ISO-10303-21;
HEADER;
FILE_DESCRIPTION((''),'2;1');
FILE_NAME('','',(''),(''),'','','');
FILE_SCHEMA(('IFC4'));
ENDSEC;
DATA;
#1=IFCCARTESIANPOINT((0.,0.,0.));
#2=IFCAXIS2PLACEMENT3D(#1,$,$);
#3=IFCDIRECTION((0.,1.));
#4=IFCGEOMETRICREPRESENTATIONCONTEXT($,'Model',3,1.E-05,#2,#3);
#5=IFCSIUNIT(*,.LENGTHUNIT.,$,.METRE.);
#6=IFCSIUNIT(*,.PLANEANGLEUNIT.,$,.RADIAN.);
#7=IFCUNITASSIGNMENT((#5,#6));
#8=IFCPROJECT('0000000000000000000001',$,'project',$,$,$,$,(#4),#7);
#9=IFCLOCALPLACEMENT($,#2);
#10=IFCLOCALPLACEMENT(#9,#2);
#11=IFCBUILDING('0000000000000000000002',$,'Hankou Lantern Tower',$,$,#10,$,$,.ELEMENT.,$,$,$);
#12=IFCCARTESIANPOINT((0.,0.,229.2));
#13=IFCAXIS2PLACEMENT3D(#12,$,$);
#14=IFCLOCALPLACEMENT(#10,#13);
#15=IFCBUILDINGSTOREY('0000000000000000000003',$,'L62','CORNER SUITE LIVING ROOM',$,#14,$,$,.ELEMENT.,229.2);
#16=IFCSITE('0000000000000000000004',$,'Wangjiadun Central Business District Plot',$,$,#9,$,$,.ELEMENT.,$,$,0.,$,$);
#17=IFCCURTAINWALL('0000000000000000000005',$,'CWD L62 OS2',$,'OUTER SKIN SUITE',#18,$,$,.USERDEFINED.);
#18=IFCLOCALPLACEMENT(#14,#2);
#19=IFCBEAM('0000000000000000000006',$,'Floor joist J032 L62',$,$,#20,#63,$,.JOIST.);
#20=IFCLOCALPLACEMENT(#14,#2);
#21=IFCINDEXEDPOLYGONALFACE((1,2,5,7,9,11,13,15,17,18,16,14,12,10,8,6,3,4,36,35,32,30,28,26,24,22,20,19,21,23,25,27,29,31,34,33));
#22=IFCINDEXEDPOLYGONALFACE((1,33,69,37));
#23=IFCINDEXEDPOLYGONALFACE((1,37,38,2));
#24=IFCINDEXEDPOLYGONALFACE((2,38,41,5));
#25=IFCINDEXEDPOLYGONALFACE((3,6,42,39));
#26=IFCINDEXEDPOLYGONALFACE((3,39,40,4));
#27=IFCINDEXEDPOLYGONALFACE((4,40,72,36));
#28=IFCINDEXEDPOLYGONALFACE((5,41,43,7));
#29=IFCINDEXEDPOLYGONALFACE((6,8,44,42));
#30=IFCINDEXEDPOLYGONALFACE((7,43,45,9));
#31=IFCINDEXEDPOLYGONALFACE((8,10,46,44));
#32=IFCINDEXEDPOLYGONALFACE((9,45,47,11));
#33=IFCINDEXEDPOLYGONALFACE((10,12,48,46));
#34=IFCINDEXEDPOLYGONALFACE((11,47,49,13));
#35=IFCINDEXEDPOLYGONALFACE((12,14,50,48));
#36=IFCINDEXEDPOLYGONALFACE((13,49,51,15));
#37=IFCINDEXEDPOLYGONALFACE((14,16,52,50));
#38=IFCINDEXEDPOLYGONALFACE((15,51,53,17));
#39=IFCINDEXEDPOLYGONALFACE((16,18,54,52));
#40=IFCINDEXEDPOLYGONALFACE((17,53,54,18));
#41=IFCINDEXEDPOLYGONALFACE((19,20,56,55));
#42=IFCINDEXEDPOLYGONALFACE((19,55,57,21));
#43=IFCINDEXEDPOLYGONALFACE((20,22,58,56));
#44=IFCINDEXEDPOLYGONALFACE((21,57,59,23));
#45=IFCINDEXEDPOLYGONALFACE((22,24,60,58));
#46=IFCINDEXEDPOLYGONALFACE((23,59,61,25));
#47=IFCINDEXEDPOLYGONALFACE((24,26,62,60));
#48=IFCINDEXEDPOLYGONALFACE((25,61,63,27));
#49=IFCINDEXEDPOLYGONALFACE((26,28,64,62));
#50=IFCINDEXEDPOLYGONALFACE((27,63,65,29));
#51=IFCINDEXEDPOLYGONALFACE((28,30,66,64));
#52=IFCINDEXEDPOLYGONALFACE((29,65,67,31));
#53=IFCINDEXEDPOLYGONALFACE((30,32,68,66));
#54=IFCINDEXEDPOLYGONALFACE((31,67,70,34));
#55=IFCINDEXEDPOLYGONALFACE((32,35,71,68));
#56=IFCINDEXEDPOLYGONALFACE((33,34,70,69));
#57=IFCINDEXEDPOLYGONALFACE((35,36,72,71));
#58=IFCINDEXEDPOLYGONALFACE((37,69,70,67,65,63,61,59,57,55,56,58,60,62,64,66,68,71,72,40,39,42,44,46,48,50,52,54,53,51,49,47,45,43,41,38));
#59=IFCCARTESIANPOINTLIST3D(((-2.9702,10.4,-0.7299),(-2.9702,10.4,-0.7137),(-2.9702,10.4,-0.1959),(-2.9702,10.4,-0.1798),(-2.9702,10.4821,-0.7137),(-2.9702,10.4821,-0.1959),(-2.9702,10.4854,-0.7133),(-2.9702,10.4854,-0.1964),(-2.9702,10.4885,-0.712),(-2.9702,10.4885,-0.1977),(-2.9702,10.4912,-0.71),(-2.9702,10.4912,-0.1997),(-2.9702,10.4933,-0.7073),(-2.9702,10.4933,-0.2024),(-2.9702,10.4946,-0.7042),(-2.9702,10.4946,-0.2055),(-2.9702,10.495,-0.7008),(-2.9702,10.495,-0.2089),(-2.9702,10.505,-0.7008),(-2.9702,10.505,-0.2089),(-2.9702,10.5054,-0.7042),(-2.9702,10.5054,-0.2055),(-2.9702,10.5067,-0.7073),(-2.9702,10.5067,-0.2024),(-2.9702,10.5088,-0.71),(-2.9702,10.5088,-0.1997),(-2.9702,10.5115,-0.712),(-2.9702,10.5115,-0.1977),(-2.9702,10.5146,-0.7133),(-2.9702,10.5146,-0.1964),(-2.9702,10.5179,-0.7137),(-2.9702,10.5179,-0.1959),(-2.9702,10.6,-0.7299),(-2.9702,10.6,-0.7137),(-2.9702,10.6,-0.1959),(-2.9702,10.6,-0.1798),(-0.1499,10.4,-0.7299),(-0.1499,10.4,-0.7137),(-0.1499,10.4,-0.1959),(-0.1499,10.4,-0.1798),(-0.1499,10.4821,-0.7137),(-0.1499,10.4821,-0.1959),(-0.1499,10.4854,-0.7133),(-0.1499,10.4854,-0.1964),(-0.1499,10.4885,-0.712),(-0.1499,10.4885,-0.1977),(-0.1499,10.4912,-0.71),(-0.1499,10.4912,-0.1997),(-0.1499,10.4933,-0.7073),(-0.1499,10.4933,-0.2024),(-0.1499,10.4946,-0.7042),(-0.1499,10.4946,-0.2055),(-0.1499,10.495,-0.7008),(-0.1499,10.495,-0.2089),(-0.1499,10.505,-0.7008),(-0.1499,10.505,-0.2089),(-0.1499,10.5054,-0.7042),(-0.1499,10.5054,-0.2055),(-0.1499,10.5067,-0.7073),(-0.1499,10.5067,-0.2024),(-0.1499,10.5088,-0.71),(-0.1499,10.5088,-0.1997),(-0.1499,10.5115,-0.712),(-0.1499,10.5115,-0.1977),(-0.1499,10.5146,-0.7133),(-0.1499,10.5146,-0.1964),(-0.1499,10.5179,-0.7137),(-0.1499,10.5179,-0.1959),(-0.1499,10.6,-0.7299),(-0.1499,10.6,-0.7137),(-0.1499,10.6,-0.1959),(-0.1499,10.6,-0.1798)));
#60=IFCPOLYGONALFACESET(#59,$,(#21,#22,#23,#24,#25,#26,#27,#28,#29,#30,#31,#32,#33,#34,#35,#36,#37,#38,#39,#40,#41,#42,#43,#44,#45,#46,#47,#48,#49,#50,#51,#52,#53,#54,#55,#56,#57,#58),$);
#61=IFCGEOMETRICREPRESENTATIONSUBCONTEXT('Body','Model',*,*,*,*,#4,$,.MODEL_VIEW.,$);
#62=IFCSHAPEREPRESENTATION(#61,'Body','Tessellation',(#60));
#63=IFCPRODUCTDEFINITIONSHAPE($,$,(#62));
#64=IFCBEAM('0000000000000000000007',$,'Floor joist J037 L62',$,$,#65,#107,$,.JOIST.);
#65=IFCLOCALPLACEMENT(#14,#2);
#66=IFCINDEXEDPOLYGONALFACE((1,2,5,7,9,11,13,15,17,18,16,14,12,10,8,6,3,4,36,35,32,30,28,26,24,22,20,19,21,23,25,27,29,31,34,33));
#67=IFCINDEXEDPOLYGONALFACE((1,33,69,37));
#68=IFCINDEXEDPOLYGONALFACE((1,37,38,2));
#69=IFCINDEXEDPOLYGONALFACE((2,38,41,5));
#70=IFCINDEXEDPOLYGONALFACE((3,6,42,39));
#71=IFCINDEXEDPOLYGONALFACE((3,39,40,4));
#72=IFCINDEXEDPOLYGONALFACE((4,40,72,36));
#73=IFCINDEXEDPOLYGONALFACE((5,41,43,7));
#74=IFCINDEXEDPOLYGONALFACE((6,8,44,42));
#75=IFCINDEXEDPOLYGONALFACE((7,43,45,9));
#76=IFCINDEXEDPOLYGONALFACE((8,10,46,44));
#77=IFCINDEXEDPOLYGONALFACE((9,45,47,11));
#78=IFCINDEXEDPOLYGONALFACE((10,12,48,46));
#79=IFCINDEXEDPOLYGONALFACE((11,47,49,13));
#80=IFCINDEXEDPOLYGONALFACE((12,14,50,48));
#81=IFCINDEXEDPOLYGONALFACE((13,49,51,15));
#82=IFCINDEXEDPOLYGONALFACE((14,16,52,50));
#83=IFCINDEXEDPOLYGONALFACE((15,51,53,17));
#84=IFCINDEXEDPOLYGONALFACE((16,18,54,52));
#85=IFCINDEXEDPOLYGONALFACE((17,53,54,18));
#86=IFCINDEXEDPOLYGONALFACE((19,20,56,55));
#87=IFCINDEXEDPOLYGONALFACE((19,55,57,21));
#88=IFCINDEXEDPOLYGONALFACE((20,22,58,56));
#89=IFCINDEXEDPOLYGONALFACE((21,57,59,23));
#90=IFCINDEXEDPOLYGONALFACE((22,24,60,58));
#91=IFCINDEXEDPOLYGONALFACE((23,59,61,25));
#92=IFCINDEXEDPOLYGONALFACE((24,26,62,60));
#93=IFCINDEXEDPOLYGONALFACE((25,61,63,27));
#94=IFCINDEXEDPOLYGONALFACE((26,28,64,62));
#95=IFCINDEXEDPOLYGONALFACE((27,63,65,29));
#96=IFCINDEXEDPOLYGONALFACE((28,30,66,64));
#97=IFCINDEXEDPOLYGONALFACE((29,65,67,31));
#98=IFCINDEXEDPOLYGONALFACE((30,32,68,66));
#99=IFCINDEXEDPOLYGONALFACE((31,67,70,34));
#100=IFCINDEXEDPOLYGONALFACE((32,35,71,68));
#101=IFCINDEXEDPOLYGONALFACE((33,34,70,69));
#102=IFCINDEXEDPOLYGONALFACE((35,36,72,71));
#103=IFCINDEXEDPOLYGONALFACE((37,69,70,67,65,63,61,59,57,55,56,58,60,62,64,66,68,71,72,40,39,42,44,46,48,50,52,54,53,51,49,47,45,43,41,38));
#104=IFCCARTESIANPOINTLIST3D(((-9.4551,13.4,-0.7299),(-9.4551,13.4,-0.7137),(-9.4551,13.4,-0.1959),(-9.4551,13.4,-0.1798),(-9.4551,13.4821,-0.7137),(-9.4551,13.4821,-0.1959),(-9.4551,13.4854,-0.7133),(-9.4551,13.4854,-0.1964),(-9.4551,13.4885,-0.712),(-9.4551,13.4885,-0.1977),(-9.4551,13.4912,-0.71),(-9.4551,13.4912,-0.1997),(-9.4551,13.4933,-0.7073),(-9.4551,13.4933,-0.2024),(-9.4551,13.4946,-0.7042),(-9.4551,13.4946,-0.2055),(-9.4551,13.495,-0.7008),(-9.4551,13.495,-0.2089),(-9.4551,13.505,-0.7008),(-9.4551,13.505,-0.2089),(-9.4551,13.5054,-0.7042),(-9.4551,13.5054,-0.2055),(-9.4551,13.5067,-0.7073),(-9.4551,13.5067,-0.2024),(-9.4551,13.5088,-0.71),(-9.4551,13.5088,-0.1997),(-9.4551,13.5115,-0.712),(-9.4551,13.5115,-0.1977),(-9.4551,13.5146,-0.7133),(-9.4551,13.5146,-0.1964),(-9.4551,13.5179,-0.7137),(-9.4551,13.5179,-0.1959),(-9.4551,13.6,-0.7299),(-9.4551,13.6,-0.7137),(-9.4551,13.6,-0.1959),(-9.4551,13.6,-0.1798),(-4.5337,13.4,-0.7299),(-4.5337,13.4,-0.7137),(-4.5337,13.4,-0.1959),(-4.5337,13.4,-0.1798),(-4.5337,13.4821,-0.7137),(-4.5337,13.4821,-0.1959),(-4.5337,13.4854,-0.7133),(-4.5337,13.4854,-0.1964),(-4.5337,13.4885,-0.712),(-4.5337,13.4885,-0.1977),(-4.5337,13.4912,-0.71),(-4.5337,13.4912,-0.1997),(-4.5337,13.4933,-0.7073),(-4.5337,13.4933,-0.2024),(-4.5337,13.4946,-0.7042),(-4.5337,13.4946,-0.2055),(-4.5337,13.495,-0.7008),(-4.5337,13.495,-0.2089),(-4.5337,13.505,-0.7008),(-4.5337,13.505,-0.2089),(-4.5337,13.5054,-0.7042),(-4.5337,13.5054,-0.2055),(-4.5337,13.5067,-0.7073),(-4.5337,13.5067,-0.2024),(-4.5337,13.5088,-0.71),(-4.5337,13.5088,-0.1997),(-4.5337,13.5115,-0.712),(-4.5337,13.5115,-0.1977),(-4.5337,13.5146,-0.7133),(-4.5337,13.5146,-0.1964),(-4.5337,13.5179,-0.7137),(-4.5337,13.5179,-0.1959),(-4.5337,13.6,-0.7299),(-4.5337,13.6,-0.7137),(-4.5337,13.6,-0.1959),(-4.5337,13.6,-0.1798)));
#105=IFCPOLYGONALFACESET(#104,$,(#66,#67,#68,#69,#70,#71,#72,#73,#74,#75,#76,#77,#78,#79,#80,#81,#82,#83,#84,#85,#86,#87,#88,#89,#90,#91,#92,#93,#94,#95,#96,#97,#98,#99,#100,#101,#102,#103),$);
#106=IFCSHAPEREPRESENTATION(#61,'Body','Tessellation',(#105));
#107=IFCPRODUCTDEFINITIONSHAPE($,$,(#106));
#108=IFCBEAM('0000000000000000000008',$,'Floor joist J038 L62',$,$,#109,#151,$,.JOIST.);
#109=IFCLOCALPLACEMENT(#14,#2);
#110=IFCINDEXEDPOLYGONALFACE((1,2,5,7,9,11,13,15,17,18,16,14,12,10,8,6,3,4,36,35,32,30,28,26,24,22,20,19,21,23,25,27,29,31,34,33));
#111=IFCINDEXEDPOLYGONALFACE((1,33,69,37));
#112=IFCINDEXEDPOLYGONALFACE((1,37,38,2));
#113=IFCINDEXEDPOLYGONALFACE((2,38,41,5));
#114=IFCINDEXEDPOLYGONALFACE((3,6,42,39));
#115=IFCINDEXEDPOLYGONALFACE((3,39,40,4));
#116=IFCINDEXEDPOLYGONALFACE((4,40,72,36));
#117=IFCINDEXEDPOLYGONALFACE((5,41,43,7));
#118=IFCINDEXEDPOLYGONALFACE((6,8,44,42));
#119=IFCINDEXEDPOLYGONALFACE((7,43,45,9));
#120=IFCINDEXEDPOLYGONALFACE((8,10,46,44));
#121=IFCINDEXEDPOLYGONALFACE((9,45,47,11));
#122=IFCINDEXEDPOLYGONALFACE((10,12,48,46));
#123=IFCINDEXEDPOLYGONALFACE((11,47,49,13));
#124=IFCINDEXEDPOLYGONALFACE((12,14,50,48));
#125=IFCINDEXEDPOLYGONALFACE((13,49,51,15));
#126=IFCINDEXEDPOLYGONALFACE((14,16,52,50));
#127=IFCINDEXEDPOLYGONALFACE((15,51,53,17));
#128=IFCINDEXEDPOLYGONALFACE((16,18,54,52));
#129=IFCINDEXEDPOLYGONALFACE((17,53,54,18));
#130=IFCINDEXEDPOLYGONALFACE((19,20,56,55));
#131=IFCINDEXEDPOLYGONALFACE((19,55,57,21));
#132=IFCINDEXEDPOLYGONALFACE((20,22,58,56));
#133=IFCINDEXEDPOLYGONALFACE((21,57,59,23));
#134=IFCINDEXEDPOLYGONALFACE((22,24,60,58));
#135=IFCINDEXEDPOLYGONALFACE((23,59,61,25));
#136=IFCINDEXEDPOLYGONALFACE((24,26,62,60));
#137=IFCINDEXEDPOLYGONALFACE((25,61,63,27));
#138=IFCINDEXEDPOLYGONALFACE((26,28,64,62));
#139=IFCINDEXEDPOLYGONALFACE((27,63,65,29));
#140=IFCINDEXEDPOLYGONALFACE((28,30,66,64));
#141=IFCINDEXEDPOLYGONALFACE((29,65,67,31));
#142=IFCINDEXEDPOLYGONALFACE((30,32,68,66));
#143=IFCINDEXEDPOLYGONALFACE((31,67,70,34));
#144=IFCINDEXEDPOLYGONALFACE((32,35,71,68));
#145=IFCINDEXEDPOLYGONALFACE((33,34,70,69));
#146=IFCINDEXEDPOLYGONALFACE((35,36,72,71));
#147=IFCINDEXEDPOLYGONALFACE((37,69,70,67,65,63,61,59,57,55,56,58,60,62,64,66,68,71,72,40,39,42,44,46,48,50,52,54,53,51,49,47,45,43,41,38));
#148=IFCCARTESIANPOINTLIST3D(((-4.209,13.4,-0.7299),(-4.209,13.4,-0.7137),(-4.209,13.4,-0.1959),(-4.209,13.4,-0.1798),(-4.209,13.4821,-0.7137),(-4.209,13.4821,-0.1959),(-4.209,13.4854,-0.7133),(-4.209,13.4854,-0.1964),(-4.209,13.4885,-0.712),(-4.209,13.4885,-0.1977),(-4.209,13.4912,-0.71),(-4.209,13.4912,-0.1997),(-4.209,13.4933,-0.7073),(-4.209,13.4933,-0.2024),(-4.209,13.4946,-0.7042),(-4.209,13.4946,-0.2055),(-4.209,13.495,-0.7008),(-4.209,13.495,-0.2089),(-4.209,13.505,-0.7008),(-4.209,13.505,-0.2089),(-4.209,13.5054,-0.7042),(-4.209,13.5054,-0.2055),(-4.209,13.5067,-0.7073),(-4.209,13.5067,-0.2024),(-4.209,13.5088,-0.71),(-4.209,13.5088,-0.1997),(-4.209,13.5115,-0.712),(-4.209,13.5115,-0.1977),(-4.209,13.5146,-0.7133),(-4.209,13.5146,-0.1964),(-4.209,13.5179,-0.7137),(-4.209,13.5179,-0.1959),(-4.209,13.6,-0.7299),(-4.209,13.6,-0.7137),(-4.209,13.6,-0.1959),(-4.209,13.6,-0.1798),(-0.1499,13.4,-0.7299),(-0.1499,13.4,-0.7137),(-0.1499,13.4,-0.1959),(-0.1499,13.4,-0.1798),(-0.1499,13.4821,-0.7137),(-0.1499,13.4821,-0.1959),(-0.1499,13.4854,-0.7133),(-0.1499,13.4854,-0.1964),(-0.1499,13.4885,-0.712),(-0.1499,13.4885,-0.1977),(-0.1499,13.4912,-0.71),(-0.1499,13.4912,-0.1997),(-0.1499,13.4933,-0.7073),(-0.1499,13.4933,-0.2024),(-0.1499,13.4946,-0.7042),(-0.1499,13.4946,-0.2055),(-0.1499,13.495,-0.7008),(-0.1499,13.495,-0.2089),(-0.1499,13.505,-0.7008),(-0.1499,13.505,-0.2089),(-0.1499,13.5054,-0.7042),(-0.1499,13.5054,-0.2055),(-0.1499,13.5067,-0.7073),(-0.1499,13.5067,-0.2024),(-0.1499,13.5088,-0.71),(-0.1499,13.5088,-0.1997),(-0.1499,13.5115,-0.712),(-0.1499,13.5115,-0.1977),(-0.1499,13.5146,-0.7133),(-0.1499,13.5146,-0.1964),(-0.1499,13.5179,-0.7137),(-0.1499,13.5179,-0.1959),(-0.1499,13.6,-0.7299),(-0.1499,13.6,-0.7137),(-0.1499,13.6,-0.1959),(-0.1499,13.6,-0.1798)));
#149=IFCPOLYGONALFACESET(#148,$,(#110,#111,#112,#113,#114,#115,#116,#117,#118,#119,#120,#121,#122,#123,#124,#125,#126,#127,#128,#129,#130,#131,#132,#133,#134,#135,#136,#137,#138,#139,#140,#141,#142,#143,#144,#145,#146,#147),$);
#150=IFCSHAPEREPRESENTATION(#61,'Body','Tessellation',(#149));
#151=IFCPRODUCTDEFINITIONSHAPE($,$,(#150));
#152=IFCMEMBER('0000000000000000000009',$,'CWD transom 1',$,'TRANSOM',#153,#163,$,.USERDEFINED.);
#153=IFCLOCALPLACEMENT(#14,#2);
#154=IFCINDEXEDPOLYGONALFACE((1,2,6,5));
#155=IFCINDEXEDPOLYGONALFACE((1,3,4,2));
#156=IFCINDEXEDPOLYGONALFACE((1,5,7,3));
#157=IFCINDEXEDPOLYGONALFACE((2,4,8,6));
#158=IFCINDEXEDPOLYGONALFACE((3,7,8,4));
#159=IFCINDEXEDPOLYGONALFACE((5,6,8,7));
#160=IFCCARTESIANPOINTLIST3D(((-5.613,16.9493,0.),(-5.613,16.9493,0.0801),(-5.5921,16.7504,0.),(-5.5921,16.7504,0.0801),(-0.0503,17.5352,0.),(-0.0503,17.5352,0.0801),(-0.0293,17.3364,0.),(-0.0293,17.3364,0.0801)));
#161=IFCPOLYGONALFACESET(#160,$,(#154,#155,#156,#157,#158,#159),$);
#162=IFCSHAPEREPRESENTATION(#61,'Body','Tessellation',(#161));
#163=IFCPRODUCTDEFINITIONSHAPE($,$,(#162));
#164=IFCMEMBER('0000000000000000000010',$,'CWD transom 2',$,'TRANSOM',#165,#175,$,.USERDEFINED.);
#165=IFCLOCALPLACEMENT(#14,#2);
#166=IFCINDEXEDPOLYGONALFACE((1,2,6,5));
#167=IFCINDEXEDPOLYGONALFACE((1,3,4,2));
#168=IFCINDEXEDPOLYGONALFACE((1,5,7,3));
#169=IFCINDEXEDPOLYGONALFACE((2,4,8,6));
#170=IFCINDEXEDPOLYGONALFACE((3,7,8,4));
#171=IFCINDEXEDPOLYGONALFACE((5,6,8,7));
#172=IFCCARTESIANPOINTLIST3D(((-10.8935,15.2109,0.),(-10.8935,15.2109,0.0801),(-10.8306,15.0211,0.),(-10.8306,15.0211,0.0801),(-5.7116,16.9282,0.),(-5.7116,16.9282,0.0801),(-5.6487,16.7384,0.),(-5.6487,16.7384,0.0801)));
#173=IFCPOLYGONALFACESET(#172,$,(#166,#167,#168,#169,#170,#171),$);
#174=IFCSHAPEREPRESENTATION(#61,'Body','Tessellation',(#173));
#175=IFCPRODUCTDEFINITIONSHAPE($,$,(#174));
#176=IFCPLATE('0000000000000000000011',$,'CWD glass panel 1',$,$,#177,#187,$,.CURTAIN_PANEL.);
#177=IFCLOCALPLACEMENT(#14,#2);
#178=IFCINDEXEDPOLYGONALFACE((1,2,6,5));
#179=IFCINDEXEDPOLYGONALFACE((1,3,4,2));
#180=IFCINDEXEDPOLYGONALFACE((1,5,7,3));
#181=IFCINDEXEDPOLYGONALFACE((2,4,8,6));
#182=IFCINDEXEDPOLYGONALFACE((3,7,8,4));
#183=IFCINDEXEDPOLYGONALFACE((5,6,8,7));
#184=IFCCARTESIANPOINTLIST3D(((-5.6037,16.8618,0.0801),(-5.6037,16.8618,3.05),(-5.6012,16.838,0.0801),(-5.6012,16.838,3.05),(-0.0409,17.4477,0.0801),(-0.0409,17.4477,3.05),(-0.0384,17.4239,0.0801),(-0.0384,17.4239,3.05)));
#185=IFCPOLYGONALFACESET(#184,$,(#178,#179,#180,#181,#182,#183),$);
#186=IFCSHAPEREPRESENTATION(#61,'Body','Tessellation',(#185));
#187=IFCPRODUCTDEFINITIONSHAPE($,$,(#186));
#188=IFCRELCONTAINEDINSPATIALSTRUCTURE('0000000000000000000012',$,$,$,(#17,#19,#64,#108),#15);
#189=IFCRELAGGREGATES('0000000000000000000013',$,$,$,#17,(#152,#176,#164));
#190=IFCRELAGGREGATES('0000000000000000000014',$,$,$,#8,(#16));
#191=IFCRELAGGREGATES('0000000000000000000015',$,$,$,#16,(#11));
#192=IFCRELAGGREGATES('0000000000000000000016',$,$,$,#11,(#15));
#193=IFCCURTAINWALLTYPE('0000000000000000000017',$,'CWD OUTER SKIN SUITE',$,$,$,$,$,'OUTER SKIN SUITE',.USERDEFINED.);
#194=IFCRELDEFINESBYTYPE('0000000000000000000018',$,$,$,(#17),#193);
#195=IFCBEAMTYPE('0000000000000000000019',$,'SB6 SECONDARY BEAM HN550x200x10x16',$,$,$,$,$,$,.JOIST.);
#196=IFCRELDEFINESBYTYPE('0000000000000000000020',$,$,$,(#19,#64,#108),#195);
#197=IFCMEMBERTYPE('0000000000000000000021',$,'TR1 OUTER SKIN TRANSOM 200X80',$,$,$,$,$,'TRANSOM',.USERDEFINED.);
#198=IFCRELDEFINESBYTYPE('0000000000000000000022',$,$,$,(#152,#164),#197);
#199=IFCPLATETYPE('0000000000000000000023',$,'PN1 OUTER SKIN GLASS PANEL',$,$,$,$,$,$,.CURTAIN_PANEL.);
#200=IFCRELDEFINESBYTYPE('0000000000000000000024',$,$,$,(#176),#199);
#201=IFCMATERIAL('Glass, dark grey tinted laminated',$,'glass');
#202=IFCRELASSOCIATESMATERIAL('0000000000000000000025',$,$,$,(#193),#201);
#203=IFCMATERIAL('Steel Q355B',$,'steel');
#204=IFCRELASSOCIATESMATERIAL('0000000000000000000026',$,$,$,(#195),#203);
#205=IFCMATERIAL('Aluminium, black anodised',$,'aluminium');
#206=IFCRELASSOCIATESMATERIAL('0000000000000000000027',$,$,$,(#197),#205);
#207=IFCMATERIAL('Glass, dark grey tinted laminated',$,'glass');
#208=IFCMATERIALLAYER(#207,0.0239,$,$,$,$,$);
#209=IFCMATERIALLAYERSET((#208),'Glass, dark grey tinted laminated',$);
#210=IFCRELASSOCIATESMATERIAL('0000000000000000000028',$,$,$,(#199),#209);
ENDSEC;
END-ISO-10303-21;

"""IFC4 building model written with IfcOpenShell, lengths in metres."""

from ifc_helpers import new_model, si_unit, direction, frame, origin, origin_2d, place, context, subcontext, project, spatial, rectangle, i_section, extrude, material, layer, layer_set, material_profile, profile_set, type_object, element, aggregate, save


model = new_model("IFC4")

# Units and contexts
model_context = context("Model", 3, precision=1e-05, world=origin(), true_north=direction((0.0, 1.0)))
body_context = subcontext(model_context, "Body", "Model", "MODEL_VIEW")
ifc_project = project(units=[si_unit("LENGTHUNIT", "METRE"), si_unit("PLANEANGLEUNIT", "RADIAN")], contexts=[model_context])

# Site, building, storey
site_placement = place(None, origin())
site = spatial("IfcSite", under=ifc_project, at=site_placement, Name="Wangjiadun Central Business District Plot", CompositionType="ELEMENT", RefElevation=0.0)
building_placement = place(site_placement, origin())
building = spatial("IfcBuilding", under=site, at=building_placement, Name="Hankou Lantern Tower", CompositionType="ELEMENT")
storey_placement = place(building_placement, frame((0.0, 0.0, 229.2)))
storey = spatial("IfcBuildingStorey", under=building, at=storey_placement, Name="L62", Description="CORNER SUITE LIVING ROOM", CompositionType="ELEMENT", Elevation=229.2)

# Curtain wall
ifc_material_1 = material(Name="Glass, dark grey tinted laminated", Category="glass")
curtain_wall_type = type_object("IfcCurtainWallType", Name="CWD OUTER SKIN SUITE", ElementType="OUTER SKIN SUITE", PredefinedType="USERDEFINED", material=ifc_material_1)
curtain_wall_placement = place(storey_placement, origin())
curtain_wall = element("IfcCurtainWall", 1, at=curtain_wall_placement, inside=storey, type_object=curtain_wall_type, Name="CWD L62 OS2", ObjectType="OUTER SKIN SUITE", PredefinedType="USERDEFINED")

# Beams
ifc_material_2 = material(Name="Steel Q355B", Category="steel")
ifc_material_profile_1 = material_profile(ifc_material_2, i_section(OverallWidth=0.2, OverallDepth=0.55, WebThickness=0.01, FlangeThickness=0.0161, FilletRadius=0.0129, at=origin_2d()), Name="HN550x200x10x16")
ifc_profile_set_1 = profile_set([ifc_material_profile_1], Name="Steel Q355B")
beam_type_1 = type_object("IfcBeamType", Name="SB6 SECONDARY BEAM HN550x200x10x16", PredefinedType="JOIST", material=ifc_profile_set_1)
beam_1_placement = place(storey_placement, frame((-2.9702, 10.5, -0.4548), z_axis=(1.0, 0.0, 0.0), x_axis=(0.0, 1.0, 0.0)))
element("IfcBeam", 2, at=beam_1_placement, inside=storey, type_object=beam_type_1, Name="Floor joist J032 L62", PredefinedType="JOIST", context=body_context, shape_type="SweptSolid", body=[
    extrude(i_section(OverallWidth=0.2, OverallDepth=0.55, WebThickness=0.01, FlangeThickness=0.0161, FilletRadius=0.0129, at=origin_2d()), origin(), (0.0, 0.0, 1.0), 2.8203),
])
beam_2_placement = place(storey_placement, frame((-9.4551, 13.5, -0.4548), z_axis=(1.0, 0.0, 0.0), x_axis=(0.0, 1.0, 0.0)))
element("IfcBeam", 3, at=beam_2_placement, inside=storey, type_object=beam_type_1, Name="Floor joist J037 L62", PredefinedType="JOIST", context=body_context, shape_type="SweptSolid", body=[
    extrude(i_section(OverallWidth=0.2, OverallDepth=0.55, WebThickness=0.01, FlangeThickness=0.0161, FilletRadius=0.0129, at=origin_2d()), origin(), (0.0, 0.0, 1.0), 4.9214),
])
beam_3_placement = place(storey_placement, frame((-4.209, 13.5, -0.4548), z_axis=(1.0, 0.0, 0.0), x_axis=(0.0, 1.0, 0.0)))
element("IfcBeam", 4, at=beam_3_placement, inside=storey, type_object=beam_type_1, Name="Floor joist J038 L62", PredefinedType="JOIST", context=body_context, shape_type="SweptSolid", body=[
    extrude(i_section(OverallWidth=0.2, OverallDepth=0.55, WebThickness=0.01, FlangeThickness=0.0161, FilletRadius=0.0129, at=origin_2d()), origin(), (0.0, 0.0, 1.0), 4.0591),
])

# Members
ifc_material_3 = material(Name="Aluminium, black anodised", Category="aluminium")
ifc_material_profile_2 = material_profile(ifc_material_3, rectangle(XDim=0.2, YDim=0.0801, at=origin_2d()), Name="TR1 200X80")
ifc_profile_set_2 = profile_set([ifc_material_profile_2], Name="Aluminium, black anodised")
member_type_1 = type_object("IfcMemberType", Name="TR1 OUTER SKIN TRANSOM 200X80", ElementType="TRANSOM", PredefinedType="USERDEFINED", material=ifc_profile_set_2)
member_1_placement = place(storey_placement, frame((-0.0398, 17.4358, 0.04), z_axis=(-0.994498, -0.104753, 0.0), x_axis=(0.104753, -0.994498, 0.0)))
member_1 = element("IfcMember", 5, at=member_1_placement, type_object=member_type_1, Name="CWD transom 1", ObjectType="TRANSOM", PredefinedType="USERDEFINED", context=body_context, shape_type="SweptSolid", body=[
    extrude(rectangle(XDim=0.2, YDim=0.0801, at=origin_2d()), origin(), (0.0, 0.0, 1.0), 5.5935),
])
member_2_placement = place(storey_placement, frame((-5.6802, 16.8333, 0.04), z_axis=(-0.949232, -0.314577, 0.0), x_axis=(0.314577, -0.949232, 0.0)))
member_2 = element("IfcMember", 6, at=member_2_placement, type_object=member_type_1, Name="CWD transom 2", ObjectType="TRANSOM", PredefinedType="USERDEFINED", context=body_context, shape_type="SweptSolid", body=[
    extrude(rectangle(XDim=0.2, YDim=0.0801, at=origin_2d()), origin(), (0.0, 0.0, 1.0), 5.459),
])

# Plate
ifc_material_4 = material(Name="Glass, dark grey tinted laminated", Category="glass")
ifc_layer_1 = layer(ifc_material_4, 0.0239)
ifc_layer_set_1 = layer_set([ifc_layer_1], Name="Glass, dark grey tinted laminated")
plate_type = type_object("IfcPlateType", Name="PN1 OUTER SKIN GLASS PANEL", PredefinedType="CURTAIN_PANEL", material=ifc_layer_set_1)
plate_1_placement = place(storey_placement, frame((-2.821, 17.1428, 0.0801), z_axis=(0.0, 0.0, 1.0), x_axis=(-0.994499, -0.104743, 0.0)))
plate_1 = element("IfcPlate", 7, at=plate_1_placement, type_object=plate_type, Name="CWD glass panel 1", PredefinedType="CURTAIN_PANEL", context=body_context, shape_type="SweptSolid", body=[
    extrude(rectangle(XDim=5.5935, YDim=0.0239, at=origin_2d()), origin(), (0.0, 0.0, 1.0), 2.97),
])
aggregate(curtain_wall, [member_1, plate_1, member_2])

save(model, "model.ifc")
